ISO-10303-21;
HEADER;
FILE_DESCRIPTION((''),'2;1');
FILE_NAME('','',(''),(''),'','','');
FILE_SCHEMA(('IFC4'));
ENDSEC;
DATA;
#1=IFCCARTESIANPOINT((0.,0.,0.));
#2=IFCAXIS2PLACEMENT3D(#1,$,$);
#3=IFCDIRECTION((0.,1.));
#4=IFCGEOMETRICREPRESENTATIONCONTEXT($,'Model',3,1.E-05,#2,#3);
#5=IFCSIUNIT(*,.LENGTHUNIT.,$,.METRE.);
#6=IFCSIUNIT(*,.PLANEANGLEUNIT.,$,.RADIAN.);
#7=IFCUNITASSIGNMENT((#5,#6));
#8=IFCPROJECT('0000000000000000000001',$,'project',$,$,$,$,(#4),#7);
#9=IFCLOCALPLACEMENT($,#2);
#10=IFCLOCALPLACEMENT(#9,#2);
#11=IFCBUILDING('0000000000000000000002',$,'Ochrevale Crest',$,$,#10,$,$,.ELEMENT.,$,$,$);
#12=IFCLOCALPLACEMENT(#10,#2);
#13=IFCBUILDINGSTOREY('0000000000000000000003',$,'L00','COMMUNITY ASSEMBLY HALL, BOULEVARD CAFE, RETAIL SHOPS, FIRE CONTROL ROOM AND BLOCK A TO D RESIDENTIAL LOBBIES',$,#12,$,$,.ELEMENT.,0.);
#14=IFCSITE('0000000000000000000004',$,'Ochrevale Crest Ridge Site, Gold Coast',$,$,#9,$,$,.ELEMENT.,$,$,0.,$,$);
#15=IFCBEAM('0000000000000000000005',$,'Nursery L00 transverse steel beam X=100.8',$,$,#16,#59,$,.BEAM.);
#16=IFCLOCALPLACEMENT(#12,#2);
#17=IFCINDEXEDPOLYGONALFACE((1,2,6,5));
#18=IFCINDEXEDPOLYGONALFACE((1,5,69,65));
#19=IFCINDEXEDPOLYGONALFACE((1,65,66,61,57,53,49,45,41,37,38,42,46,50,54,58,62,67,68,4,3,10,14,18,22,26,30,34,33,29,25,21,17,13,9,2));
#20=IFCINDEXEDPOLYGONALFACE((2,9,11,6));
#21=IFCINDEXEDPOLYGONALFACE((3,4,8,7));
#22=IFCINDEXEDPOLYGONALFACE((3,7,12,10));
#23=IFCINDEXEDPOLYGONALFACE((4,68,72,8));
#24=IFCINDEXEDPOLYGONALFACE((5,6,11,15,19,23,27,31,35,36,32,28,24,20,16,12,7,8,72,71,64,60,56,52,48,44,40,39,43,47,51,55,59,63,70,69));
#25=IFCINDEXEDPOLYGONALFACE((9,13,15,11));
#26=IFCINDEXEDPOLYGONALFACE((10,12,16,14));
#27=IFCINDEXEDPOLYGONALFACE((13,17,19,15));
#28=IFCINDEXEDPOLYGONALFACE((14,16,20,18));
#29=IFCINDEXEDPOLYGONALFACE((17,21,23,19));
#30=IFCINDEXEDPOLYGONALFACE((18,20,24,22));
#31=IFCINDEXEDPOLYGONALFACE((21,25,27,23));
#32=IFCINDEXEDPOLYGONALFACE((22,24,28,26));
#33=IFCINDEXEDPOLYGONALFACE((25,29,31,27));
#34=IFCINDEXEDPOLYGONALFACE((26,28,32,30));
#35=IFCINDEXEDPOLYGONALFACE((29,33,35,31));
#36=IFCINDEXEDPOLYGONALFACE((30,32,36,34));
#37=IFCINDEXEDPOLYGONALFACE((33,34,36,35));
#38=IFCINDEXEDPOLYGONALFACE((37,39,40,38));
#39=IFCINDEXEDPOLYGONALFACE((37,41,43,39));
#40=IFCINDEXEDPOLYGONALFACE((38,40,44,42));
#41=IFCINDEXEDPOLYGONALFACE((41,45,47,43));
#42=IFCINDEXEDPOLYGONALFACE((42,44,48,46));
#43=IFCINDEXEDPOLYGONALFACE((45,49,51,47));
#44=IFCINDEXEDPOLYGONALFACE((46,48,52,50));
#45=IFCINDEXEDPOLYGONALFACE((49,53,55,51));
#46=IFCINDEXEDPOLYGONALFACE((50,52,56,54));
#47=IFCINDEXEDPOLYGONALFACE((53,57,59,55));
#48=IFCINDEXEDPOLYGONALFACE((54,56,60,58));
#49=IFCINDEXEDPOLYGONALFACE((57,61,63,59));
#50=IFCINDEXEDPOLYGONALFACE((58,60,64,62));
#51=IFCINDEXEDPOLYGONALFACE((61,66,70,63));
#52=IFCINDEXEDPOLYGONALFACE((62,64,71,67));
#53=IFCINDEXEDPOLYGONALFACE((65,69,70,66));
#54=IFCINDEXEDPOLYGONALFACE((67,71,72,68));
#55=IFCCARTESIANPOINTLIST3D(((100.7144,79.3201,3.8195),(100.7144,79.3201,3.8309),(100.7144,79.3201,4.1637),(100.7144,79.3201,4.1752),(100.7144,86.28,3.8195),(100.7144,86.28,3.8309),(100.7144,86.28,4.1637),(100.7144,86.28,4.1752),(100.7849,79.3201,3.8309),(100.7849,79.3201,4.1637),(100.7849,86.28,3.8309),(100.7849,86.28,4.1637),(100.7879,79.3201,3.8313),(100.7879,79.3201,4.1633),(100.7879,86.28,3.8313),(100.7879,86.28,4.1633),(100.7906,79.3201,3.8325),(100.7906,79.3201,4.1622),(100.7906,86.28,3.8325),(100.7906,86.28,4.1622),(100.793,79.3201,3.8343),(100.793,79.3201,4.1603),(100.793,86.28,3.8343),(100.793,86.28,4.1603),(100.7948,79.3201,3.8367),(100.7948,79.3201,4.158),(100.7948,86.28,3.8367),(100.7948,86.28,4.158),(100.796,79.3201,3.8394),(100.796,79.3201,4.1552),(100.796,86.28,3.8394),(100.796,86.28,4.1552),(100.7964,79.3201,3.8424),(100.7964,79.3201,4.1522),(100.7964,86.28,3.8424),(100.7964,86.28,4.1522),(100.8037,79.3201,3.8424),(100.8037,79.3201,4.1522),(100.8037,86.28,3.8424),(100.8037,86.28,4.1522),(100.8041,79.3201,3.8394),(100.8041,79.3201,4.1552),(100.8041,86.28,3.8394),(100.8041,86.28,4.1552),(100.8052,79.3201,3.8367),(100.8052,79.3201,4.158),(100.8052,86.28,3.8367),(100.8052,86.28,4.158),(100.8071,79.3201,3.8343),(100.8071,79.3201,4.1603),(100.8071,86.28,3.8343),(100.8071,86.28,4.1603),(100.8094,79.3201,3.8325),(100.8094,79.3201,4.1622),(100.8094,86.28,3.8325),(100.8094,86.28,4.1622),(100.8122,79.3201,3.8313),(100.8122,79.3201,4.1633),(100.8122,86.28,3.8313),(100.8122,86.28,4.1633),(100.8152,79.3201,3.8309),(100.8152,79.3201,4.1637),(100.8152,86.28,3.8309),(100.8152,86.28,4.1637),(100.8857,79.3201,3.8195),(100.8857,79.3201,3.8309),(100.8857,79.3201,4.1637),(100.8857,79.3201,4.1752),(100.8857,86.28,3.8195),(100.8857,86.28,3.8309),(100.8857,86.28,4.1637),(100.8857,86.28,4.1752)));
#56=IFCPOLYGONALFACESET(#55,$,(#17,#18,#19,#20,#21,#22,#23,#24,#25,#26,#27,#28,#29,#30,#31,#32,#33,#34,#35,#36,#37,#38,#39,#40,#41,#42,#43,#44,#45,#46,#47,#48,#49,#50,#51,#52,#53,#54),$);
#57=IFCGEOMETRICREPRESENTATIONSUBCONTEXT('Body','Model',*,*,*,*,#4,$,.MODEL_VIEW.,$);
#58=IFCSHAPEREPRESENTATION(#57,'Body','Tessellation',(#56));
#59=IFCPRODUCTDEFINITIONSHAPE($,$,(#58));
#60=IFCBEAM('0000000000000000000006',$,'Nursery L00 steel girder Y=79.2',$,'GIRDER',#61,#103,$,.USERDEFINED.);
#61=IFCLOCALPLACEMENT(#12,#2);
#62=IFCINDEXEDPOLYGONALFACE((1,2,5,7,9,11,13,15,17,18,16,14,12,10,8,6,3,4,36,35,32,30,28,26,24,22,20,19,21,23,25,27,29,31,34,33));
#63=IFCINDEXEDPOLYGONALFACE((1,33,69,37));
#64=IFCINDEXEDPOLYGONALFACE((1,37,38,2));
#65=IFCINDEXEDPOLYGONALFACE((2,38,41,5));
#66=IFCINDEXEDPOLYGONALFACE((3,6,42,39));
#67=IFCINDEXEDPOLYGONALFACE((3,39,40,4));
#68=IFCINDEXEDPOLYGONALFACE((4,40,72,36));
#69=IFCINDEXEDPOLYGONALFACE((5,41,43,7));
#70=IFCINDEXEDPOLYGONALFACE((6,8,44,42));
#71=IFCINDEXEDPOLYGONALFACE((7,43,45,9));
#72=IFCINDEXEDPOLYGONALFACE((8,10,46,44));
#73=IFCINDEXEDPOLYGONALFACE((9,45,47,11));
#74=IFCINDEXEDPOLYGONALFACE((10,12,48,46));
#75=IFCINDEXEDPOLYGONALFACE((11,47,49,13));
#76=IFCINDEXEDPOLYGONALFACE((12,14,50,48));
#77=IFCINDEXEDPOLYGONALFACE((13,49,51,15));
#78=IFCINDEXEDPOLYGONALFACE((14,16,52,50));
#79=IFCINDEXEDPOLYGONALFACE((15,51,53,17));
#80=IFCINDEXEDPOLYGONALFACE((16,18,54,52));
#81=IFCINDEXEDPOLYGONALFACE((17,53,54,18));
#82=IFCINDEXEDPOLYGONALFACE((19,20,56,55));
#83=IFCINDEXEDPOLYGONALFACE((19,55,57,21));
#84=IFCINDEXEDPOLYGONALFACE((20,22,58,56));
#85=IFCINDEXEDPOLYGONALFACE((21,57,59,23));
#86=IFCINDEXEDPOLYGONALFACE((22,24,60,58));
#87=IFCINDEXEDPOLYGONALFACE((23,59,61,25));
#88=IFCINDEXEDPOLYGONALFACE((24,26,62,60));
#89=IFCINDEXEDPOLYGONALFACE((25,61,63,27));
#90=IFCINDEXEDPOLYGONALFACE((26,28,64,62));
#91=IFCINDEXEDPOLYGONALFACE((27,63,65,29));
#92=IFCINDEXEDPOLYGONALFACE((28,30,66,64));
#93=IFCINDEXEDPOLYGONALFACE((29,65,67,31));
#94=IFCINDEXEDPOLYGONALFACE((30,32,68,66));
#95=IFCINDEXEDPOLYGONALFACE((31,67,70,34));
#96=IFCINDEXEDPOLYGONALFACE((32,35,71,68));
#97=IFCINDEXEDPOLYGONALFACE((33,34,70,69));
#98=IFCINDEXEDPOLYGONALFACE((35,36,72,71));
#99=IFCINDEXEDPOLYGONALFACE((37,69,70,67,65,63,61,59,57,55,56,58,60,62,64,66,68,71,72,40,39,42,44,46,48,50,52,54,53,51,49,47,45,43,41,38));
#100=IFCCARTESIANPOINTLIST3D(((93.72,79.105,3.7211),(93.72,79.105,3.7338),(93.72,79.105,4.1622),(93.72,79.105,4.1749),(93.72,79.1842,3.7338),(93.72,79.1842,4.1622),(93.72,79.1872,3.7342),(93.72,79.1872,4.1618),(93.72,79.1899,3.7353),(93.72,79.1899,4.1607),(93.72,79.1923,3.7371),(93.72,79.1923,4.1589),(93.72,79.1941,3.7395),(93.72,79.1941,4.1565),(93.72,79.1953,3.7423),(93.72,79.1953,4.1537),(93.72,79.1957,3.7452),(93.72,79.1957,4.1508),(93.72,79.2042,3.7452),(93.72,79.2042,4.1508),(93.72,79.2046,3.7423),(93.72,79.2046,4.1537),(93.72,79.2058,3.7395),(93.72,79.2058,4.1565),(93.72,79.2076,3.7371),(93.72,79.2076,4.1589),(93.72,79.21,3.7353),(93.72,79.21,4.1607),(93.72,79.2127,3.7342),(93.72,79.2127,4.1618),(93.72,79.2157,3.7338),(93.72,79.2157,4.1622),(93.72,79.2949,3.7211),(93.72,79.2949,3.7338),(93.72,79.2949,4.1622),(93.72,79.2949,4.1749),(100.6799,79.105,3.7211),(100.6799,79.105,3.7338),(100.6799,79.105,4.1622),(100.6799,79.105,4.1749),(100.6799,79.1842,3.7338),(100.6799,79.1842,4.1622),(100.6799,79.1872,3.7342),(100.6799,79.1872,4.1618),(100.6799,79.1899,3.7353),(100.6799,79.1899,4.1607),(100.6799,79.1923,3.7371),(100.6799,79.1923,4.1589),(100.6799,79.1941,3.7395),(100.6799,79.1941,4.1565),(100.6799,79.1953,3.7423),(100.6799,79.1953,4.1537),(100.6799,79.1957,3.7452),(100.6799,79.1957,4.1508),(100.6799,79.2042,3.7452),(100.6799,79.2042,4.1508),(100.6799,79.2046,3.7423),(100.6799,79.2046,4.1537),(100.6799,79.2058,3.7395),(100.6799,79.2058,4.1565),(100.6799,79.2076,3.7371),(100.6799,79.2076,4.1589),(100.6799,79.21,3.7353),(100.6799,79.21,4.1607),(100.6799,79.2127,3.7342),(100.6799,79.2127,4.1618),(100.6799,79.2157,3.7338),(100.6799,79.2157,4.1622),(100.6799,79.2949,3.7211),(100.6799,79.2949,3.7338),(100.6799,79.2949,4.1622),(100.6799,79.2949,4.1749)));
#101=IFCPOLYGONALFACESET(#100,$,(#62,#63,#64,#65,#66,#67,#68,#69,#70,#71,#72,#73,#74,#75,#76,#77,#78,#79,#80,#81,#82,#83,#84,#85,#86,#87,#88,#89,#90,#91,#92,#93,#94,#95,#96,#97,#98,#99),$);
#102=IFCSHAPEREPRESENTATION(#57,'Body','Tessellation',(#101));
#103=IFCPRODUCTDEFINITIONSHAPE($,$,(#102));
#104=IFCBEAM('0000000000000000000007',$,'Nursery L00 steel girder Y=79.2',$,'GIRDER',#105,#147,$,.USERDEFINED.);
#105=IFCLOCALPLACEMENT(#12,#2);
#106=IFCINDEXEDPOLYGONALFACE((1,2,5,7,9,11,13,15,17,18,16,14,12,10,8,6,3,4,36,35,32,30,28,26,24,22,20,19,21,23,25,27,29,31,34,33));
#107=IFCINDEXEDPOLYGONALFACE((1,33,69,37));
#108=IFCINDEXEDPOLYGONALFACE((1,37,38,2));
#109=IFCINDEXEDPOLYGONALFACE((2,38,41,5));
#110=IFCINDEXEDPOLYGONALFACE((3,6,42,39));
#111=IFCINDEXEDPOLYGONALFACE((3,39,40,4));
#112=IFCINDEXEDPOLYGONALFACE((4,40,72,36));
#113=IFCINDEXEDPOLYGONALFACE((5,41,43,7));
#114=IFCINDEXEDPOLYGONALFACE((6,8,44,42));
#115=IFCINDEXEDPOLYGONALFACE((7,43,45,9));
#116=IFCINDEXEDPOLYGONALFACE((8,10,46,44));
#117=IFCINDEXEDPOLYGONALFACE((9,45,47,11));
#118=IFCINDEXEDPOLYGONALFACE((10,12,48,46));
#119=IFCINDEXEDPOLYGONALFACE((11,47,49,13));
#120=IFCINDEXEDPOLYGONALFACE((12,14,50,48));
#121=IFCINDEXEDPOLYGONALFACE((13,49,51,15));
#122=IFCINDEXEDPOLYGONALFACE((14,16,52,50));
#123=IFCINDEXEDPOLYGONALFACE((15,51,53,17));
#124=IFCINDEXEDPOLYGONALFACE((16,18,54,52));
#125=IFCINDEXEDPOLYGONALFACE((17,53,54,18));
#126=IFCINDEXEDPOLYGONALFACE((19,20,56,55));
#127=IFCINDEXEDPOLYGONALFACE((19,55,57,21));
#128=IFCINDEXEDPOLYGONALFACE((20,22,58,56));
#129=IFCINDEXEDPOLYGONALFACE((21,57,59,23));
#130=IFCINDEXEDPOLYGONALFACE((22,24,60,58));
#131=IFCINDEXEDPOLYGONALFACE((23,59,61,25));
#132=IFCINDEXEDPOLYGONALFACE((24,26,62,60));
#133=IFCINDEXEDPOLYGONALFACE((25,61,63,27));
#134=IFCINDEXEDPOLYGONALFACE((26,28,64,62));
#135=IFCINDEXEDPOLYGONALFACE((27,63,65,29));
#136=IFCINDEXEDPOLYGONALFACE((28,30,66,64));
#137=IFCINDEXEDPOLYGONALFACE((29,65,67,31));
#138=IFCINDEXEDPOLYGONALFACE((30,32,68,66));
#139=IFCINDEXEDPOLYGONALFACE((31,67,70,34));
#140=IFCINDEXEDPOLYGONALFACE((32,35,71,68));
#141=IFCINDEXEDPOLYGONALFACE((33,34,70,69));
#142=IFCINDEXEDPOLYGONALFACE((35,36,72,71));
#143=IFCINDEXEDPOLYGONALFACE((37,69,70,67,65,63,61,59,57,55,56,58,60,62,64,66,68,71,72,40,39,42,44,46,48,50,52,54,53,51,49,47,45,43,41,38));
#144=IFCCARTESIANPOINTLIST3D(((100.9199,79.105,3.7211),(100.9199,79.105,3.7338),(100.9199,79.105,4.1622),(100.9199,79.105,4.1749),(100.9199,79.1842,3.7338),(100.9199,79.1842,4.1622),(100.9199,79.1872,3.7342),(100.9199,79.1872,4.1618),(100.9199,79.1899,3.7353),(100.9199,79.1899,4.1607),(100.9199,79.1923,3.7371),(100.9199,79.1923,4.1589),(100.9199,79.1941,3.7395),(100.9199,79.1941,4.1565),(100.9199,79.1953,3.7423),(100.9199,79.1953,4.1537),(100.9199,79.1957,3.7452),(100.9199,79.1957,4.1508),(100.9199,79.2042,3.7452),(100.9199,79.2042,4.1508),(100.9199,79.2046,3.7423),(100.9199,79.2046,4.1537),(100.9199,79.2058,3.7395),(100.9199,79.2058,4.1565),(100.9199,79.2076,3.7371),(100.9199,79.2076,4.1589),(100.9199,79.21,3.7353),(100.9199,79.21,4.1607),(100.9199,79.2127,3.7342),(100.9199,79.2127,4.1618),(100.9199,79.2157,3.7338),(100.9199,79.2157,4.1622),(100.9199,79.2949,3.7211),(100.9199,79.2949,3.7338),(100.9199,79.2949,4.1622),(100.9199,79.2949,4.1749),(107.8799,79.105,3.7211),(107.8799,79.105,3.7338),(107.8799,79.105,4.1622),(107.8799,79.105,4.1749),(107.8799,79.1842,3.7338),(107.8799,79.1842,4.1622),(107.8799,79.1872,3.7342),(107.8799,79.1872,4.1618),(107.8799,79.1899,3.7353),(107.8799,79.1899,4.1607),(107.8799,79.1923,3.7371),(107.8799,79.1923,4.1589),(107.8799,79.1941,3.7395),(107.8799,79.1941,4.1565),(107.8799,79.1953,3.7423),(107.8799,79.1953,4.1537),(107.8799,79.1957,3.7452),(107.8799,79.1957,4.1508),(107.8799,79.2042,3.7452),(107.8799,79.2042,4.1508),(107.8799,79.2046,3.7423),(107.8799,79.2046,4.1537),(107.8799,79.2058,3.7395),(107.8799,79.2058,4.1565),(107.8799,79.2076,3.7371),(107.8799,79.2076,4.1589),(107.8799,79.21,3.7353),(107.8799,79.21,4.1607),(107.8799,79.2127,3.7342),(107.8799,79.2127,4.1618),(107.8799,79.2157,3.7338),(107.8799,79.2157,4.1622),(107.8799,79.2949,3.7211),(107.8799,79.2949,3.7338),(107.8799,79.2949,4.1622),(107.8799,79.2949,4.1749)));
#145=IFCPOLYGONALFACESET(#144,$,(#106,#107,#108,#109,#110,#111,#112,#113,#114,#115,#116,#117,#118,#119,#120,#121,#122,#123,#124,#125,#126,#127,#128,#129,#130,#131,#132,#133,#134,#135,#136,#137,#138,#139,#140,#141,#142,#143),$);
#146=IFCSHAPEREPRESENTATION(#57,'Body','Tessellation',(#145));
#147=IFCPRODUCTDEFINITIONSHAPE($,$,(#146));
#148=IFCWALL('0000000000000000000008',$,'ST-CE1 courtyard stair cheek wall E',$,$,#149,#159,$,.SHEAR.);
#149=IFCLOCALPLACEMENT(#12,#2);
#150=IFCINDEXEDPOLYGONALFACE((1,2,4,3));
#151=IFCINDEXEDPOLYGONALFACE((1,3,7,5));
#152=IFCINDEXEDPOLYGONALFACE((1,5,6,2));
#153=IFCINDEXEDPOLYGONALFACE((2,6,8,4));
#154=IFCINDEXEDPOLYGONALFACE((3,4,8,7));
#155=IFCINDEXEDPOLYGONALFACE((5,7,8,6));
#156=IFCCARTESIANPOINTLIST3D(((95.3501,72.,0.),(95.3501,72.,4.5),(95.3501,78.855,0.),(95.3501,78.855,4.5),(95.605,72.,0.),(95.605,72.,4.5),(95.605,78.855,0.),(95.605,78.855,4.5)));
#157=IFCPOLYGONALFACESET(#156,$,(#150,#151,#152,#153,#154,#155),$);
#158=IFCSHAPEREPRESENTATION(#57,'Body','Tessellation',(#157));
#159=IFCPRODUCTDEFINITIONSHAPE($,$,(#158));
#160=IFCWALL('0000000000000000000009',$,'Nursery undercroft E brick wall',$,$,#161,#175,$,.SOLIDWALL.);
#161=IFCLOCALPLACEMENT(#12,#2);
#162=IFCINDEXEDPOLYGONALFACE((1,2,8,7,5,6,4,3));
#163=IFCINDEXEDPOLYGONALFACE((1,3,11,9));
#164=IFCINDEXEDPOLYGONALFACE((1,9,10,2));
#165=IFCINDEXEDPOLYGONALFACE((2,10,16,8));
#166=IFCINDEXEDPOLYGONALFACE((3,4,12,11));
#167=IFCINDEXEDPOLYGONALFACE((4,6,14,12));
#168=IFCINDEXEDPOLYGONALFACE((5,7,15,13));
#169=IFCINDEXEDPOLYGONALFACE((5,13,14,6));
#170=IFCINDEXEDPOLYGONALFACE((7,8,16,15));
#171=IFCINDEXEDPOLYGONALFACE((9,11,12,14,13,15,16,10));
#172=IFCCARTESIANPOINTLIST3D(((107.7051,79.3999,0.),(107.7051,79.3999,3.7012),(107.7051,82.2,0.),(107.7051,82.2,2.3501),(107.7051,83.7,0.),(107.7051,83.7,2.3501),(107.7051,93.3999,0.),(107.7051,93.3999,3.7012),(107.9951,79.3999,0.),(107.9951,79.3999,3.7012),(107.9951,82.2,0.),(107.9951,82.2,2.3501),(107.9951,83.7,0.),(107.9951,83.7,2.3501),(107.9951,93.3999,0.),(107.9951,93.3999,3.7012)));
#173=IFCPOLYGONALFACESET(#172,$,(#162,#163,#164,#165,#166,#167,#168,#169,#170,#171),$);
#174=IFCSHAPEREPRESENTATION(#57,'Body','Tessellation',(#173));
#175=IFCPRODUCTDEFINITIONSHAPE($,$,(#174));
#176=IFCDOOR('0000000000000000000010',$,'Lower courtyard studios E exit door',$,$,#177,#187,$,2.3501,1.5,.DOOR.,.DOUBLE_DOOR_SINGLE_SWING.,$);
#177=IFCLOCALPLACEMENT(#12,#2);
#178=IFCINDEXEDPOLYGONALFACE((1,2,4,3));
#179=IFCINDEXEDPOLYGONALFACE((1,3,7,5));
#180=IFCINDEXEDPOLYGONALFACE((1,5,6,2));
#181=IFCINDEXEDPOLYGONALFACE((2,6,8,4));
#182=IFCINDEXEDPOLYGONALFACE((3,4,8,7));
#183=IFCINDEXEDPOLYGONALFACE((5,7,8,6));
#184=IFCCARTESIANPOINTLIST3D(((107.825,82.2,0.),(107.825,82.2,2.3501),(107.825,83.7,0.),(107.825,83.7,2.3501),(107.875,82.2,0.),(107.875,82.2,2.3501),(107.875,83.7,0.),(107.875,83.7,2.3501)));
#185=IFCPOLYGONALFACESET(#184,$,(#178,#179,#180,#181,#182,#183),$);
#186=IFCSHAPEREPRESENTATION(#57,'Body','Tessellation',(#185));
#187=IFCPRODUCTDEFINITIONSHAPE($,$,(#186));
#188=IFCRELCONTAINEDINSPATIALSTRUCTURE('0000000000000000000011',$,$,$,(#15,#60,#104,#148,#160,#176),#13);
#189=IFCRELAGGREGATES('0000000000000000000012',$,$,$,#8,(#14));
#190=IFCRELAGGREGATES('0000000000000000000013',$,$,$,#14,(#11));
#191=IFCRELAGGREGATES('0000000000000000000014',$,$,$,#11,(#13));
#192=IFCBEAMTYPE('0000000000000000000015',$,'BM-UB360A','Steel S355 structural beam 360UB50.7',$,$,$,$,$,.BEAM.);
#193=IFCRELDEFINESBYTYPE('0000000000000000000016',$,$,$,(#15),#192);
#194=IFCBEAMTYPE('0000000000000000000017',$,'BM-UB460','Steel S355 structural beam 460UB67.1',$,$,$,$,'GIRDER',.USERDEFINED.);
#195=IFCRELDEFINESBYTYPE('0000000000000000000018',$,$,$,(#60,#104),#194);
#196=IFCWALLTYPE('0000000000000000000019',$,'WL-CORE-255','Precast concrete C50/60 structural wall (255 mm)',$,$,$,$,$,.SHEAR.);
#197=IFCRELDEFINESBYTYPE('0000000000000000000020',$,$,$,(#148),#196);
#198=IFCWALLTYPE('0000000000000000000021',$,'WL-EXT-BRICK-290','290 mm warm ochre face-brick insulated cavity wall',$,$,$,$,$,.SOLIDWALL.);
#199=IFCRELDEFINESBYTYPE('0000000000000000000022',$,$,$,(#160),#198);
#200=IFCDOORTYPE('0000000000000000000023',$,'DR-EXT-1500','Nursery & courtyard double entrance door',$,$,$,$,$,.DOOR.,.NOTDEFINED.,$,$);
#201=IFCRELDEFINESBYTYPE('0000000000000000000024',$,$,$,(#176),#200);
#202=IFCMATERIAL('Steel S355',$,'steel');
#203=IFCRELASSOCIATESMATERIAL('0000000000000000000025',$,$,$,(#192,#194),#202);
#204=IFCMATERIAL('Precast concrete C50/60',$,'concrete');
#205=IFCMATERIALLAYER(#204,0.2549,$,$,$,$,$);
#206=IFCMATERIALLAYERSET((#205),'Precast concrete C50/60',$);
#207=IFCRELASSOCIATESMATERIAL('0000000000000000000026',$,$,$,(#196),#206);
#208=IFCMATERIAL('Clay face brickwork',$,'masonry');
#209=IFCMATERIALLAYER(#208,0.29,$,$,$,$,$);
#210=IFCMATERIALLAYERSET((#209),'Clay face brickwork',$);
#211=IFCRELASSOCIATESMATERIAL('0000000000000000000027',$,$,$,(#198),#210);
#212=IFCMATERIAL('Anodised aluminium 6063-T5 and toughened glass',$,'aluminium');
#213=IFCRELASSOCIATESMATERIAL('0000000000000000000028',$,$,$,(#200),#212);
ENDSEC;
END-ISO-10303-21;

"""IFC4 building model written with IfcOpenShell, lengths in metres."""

from ifc_helpers import new_model, si_unit, direction, frame, frame_2d, origin, origin_2d, place, context, subcontext, project, spatial, rectangle, i_section, extrude, material, layer, layer_set, material_profile, profile_set, type_object, element, fill, save


model = new_model("IFC4")

# Units and contexts
model_context = context("Model", 3, precision=1e-05, world=origin(), true_north=direction((0.0, 1.0)))
body_context = subcontext(model_context, "Body", "Model", "MODEL_VIEW")
ifc_project = project(units=[si_unit("LENGTHUNIT", "METRE"), si_unit("PLANEANGLEUNIT", "RADIAN")], contexts=[model_context])

# Site, building, storey
site_placement = place(None, origin())
site = spatial("IfcSite", under=ifc_project, at=site_placement, Name="Ochrevale Crest Ridge Site, Gold Coast", CompositionType="ELEMENT", RefElevation=0.0)
building_placement = place(site_placement, origin())
building = spatial("IfcBuilding", under=site, at=building_placement, Name="Ochrevale Crest", CompositionType="ELEMENT")
storey_placement = place(building_placement, origin())
storey = spatial("IfcBuildingStorey", under=building, at=storey_placement, Name="L00", Description="COMMUNITY ASSEMBLY HALL, BOULEVARD CAFE, RETAIL SHOPS, FIRE CONTROL ROOM AND BLOCK A TO D RESIDENTIAL LOBBIES", CompositionType="ELEMENT", Elevation=0.0)

# Shared definitions
ifc_material_1 = material(Name="Steel S355", Category="steel")

# Beams
ifc_material_profile_1 = material_profile(ifc_material_1, i_section(OverallWidth=0.1714, OverallDepth=0.3557, WebThickness=0.0073, FlangeThickness=0.0115, FilletRadius=0.0115, at=origin_2d()), Name="360UB50.7")
ifc_profile_set_1 = profile_set([ifc_material_profile_1], Name="Steel S355")
beam_type_1 = type_object("IfcBeamType", Name="BM-UB360A", Description="Steel S355 structural beam 360UB50.7", PredefinedType="BEAM", material=ifc_profile_set_1)
beam_placement = place(storey_placement, frame((100.8, 79.3201, 3.9973), z_axis=(0.0, 1.0, 0.0), x_axis=(-1.0, 0.0, 0.0)))
element("IfcBeam", 1, at=beam_placement, inside=storey, type_object=beam_type_1, Name="Nursery L00 transverse steel beam X=100.8", PredefinedType="BEAM", context=body_context, shape_type="SweptSolid", body=[
    extrude(i_section(OverallWidth=0.1714, OverallDepth=0.3557, WebThickness=0.0073, FlangeThickness=0.0115, FilletRadius=0.0115, at=origin_2d()), origin(), (0.0, 0.0, 1.0), 6.96),
])
ifc_material_profile_2 = material_profile(ifc_material_1, i_section(OverallWidth=0.1899, OverallDepth=0.4539, WebThickness=0.0085, FlangeThickness=0.0127, FilletRadius=0.0115, at=origin_2d()), Name="460UB67.1")
ifc_profile_set_2 = profile_set([ifc_material_profile_2], Name="Steel S355")
beam_type_2 = type_object("IfcBeamType", Name="BM-UB460", Description="Steel S355 structural beam 460UB67.1", ElementType="GIRDER", PredefinedType="USERDEFINED", material=ifc_profile_set_2)
for number, where, z_axis, x_axis, name in (
    (2, (93.72, 79.2, 3.948), (1.0, 0.0, 0.0), (0.0, 1.0, 0.0), "Nursery L00 steel girder Y=79.2"),
    (3, (100.9199, 79.2, 3.948), (1.0, 0.0, 0.0), (0.0, 1.0, 0.0), "Nursery L00 steel girder Y=79.2"),
):
    element("IfcBeam", number, at=place(storey_placement, frame(where, z_axis=z_axis, x_axis=x_axis)), inside=storey, type_object=beam_type_2, Name=name, ObjectType="GIRDER", PredefinedType="USERDEFINED", context=body_context, shape_type="SweptSolid", body=[
        extrude(i_section(OverallWidth=0.1899, OverallDepth=0.4539, WebThickness=0.0085, FlangeThickness=0.0127, FilletRadius=0.0115, at=origin_2d()), origin(), (0.0, 0.0, 1.0), 6.96),
    ])

# Wall
ifc_material_2 = material(Name="Precast concrete C50/60", Category="concrete")
ifc_layer_1 = layer(ifc_material_2, 0.2549)
ifc_layer_set_1 = layer_set([ifc_layer_1], Name="Precast concrete C50/60")
wall_type_1 = type_object("IfcWallType", Name="WL-CORE-255", Description="Precast concrete C50/60 structural wall (255 mm)", PredefinedType="SHEAR", material=ifc_layer_set_1)
wall_1_placement = place(storey_placement, frame((95.4775, 72.0, 0.0), z_axis=(0.0, 0.0, 1.0), x_axis=(0.0, 1.0, 0.0)))
element("IfcWall", 4, at=wall_1_placement, inside=storey, type_object=wall_type_1, Name="ST-CE1 courtyard stair cheek wall E", PredefinedType="SHEAR", context=body_context, shape_type="SweptSolid", body=[
    extrude(rectangle(XDim=6.855, YDim=0.2549, at=frame_2d((3.4275, 0.0))), origin(), (0.0, 0.0, 1.0), 4.5),
])

# Wall, opening, door
ifc_material_3 = material(Name="Clay face brickwork", Category="masonry")
ifc_layer_2 = layer(ifc_material_3, 0.29)
ifc_layer_set_2 = layer_set([ifc_layer_2], Name="Clay face brickwork")
wall_type_2 = type_object("IfcWallType", Name="WL-EXT-BRICK-290", Description="290 mm warm ochre face-brick insulated cavity wall", PredefinedType="SOLIDWALL", material=ifc_layer_set_2)
wall_2_placement = place(storey_placement, frame((107.8501, 79.3999, 0.0), z_axis=(0.0, 0.0, 1.0), x_axis=(0.0, 1.0, 0.0)))
wall_2 = element("IfcWall", 5, at=wall_2_placement, inside=storey, type_object=wall_type_2, Name="Nursery undercroft E brick wall", PredefinedType="SOLIDWALL", context=body_context, shape_type="SweptSolid", body=[
    extrude(rectangle(XDim=14.0, YDim=0.29, at=frame_2d((7.0, 0.0))), origin(), (0.0, 0.0, 1.0), 3.7012),
])
opening_placement = place(wall_2_placement, frame((4.3, 0.0, 0.0), z_axis=(0.0, 0.0, 1.0), x_axis=(-1.0, 0.0, 0.0)))
opening = element("IfcOpeningElement", 6, at=opening_placement, cuts=wall_2, PredefinedType="OPENING", context=body_context, shape_type="SweptSolid", body=[
    extrude(rectangle(XDim=1.5, YDim=2.3501, at=frame_2d((0.75, 1.175))), frame((0.0, 0.155, 0.0), z_axis=(0.0, -1.0, 0.0), x_axis=(1.0, 0.0, 0.0)), (0.0, 0.0, 1.0), 0.3101),
])
ifc_material_4 = material(Name="Anodised aluminium 6063-T5 and toughened glass", Category="aluminium")
door_type = type_object("IfcDoorType", Name="DR-EXT-1500", Description="Nursery & courtyard double entrance door", OperationType="NOTDEFINED", PredefinedType="DOOR", material=ifc_material_4)
door_placement = place(opening_placement, origin())
door = element("IfcDoor", 7, at=door_placement, inside=storey, type_object=door_type, Name="Lower courtyard studios E exit door", OperationType="DOUBLE_DOOR_SINGLE_SWING", OverallHeight=2.3501, OverallWidth=1.5, PredefinedType="DOOR", context=body_context, shape_type="SweptSolid", body=[
    extrude(rectangle(XDim=1.5, YDim=2.3501, at=frame_2d((0.75, 1.175))), frame((0.0, 0.0249, 0.0), z_axis=(0.0, -1.0, 0.0), x_axis=(1.0, 0.0, 0.0)), (0.0, 0.0, 1.0), 0.05),
])
fill(opening, door)

save(model, "model.ifc")
